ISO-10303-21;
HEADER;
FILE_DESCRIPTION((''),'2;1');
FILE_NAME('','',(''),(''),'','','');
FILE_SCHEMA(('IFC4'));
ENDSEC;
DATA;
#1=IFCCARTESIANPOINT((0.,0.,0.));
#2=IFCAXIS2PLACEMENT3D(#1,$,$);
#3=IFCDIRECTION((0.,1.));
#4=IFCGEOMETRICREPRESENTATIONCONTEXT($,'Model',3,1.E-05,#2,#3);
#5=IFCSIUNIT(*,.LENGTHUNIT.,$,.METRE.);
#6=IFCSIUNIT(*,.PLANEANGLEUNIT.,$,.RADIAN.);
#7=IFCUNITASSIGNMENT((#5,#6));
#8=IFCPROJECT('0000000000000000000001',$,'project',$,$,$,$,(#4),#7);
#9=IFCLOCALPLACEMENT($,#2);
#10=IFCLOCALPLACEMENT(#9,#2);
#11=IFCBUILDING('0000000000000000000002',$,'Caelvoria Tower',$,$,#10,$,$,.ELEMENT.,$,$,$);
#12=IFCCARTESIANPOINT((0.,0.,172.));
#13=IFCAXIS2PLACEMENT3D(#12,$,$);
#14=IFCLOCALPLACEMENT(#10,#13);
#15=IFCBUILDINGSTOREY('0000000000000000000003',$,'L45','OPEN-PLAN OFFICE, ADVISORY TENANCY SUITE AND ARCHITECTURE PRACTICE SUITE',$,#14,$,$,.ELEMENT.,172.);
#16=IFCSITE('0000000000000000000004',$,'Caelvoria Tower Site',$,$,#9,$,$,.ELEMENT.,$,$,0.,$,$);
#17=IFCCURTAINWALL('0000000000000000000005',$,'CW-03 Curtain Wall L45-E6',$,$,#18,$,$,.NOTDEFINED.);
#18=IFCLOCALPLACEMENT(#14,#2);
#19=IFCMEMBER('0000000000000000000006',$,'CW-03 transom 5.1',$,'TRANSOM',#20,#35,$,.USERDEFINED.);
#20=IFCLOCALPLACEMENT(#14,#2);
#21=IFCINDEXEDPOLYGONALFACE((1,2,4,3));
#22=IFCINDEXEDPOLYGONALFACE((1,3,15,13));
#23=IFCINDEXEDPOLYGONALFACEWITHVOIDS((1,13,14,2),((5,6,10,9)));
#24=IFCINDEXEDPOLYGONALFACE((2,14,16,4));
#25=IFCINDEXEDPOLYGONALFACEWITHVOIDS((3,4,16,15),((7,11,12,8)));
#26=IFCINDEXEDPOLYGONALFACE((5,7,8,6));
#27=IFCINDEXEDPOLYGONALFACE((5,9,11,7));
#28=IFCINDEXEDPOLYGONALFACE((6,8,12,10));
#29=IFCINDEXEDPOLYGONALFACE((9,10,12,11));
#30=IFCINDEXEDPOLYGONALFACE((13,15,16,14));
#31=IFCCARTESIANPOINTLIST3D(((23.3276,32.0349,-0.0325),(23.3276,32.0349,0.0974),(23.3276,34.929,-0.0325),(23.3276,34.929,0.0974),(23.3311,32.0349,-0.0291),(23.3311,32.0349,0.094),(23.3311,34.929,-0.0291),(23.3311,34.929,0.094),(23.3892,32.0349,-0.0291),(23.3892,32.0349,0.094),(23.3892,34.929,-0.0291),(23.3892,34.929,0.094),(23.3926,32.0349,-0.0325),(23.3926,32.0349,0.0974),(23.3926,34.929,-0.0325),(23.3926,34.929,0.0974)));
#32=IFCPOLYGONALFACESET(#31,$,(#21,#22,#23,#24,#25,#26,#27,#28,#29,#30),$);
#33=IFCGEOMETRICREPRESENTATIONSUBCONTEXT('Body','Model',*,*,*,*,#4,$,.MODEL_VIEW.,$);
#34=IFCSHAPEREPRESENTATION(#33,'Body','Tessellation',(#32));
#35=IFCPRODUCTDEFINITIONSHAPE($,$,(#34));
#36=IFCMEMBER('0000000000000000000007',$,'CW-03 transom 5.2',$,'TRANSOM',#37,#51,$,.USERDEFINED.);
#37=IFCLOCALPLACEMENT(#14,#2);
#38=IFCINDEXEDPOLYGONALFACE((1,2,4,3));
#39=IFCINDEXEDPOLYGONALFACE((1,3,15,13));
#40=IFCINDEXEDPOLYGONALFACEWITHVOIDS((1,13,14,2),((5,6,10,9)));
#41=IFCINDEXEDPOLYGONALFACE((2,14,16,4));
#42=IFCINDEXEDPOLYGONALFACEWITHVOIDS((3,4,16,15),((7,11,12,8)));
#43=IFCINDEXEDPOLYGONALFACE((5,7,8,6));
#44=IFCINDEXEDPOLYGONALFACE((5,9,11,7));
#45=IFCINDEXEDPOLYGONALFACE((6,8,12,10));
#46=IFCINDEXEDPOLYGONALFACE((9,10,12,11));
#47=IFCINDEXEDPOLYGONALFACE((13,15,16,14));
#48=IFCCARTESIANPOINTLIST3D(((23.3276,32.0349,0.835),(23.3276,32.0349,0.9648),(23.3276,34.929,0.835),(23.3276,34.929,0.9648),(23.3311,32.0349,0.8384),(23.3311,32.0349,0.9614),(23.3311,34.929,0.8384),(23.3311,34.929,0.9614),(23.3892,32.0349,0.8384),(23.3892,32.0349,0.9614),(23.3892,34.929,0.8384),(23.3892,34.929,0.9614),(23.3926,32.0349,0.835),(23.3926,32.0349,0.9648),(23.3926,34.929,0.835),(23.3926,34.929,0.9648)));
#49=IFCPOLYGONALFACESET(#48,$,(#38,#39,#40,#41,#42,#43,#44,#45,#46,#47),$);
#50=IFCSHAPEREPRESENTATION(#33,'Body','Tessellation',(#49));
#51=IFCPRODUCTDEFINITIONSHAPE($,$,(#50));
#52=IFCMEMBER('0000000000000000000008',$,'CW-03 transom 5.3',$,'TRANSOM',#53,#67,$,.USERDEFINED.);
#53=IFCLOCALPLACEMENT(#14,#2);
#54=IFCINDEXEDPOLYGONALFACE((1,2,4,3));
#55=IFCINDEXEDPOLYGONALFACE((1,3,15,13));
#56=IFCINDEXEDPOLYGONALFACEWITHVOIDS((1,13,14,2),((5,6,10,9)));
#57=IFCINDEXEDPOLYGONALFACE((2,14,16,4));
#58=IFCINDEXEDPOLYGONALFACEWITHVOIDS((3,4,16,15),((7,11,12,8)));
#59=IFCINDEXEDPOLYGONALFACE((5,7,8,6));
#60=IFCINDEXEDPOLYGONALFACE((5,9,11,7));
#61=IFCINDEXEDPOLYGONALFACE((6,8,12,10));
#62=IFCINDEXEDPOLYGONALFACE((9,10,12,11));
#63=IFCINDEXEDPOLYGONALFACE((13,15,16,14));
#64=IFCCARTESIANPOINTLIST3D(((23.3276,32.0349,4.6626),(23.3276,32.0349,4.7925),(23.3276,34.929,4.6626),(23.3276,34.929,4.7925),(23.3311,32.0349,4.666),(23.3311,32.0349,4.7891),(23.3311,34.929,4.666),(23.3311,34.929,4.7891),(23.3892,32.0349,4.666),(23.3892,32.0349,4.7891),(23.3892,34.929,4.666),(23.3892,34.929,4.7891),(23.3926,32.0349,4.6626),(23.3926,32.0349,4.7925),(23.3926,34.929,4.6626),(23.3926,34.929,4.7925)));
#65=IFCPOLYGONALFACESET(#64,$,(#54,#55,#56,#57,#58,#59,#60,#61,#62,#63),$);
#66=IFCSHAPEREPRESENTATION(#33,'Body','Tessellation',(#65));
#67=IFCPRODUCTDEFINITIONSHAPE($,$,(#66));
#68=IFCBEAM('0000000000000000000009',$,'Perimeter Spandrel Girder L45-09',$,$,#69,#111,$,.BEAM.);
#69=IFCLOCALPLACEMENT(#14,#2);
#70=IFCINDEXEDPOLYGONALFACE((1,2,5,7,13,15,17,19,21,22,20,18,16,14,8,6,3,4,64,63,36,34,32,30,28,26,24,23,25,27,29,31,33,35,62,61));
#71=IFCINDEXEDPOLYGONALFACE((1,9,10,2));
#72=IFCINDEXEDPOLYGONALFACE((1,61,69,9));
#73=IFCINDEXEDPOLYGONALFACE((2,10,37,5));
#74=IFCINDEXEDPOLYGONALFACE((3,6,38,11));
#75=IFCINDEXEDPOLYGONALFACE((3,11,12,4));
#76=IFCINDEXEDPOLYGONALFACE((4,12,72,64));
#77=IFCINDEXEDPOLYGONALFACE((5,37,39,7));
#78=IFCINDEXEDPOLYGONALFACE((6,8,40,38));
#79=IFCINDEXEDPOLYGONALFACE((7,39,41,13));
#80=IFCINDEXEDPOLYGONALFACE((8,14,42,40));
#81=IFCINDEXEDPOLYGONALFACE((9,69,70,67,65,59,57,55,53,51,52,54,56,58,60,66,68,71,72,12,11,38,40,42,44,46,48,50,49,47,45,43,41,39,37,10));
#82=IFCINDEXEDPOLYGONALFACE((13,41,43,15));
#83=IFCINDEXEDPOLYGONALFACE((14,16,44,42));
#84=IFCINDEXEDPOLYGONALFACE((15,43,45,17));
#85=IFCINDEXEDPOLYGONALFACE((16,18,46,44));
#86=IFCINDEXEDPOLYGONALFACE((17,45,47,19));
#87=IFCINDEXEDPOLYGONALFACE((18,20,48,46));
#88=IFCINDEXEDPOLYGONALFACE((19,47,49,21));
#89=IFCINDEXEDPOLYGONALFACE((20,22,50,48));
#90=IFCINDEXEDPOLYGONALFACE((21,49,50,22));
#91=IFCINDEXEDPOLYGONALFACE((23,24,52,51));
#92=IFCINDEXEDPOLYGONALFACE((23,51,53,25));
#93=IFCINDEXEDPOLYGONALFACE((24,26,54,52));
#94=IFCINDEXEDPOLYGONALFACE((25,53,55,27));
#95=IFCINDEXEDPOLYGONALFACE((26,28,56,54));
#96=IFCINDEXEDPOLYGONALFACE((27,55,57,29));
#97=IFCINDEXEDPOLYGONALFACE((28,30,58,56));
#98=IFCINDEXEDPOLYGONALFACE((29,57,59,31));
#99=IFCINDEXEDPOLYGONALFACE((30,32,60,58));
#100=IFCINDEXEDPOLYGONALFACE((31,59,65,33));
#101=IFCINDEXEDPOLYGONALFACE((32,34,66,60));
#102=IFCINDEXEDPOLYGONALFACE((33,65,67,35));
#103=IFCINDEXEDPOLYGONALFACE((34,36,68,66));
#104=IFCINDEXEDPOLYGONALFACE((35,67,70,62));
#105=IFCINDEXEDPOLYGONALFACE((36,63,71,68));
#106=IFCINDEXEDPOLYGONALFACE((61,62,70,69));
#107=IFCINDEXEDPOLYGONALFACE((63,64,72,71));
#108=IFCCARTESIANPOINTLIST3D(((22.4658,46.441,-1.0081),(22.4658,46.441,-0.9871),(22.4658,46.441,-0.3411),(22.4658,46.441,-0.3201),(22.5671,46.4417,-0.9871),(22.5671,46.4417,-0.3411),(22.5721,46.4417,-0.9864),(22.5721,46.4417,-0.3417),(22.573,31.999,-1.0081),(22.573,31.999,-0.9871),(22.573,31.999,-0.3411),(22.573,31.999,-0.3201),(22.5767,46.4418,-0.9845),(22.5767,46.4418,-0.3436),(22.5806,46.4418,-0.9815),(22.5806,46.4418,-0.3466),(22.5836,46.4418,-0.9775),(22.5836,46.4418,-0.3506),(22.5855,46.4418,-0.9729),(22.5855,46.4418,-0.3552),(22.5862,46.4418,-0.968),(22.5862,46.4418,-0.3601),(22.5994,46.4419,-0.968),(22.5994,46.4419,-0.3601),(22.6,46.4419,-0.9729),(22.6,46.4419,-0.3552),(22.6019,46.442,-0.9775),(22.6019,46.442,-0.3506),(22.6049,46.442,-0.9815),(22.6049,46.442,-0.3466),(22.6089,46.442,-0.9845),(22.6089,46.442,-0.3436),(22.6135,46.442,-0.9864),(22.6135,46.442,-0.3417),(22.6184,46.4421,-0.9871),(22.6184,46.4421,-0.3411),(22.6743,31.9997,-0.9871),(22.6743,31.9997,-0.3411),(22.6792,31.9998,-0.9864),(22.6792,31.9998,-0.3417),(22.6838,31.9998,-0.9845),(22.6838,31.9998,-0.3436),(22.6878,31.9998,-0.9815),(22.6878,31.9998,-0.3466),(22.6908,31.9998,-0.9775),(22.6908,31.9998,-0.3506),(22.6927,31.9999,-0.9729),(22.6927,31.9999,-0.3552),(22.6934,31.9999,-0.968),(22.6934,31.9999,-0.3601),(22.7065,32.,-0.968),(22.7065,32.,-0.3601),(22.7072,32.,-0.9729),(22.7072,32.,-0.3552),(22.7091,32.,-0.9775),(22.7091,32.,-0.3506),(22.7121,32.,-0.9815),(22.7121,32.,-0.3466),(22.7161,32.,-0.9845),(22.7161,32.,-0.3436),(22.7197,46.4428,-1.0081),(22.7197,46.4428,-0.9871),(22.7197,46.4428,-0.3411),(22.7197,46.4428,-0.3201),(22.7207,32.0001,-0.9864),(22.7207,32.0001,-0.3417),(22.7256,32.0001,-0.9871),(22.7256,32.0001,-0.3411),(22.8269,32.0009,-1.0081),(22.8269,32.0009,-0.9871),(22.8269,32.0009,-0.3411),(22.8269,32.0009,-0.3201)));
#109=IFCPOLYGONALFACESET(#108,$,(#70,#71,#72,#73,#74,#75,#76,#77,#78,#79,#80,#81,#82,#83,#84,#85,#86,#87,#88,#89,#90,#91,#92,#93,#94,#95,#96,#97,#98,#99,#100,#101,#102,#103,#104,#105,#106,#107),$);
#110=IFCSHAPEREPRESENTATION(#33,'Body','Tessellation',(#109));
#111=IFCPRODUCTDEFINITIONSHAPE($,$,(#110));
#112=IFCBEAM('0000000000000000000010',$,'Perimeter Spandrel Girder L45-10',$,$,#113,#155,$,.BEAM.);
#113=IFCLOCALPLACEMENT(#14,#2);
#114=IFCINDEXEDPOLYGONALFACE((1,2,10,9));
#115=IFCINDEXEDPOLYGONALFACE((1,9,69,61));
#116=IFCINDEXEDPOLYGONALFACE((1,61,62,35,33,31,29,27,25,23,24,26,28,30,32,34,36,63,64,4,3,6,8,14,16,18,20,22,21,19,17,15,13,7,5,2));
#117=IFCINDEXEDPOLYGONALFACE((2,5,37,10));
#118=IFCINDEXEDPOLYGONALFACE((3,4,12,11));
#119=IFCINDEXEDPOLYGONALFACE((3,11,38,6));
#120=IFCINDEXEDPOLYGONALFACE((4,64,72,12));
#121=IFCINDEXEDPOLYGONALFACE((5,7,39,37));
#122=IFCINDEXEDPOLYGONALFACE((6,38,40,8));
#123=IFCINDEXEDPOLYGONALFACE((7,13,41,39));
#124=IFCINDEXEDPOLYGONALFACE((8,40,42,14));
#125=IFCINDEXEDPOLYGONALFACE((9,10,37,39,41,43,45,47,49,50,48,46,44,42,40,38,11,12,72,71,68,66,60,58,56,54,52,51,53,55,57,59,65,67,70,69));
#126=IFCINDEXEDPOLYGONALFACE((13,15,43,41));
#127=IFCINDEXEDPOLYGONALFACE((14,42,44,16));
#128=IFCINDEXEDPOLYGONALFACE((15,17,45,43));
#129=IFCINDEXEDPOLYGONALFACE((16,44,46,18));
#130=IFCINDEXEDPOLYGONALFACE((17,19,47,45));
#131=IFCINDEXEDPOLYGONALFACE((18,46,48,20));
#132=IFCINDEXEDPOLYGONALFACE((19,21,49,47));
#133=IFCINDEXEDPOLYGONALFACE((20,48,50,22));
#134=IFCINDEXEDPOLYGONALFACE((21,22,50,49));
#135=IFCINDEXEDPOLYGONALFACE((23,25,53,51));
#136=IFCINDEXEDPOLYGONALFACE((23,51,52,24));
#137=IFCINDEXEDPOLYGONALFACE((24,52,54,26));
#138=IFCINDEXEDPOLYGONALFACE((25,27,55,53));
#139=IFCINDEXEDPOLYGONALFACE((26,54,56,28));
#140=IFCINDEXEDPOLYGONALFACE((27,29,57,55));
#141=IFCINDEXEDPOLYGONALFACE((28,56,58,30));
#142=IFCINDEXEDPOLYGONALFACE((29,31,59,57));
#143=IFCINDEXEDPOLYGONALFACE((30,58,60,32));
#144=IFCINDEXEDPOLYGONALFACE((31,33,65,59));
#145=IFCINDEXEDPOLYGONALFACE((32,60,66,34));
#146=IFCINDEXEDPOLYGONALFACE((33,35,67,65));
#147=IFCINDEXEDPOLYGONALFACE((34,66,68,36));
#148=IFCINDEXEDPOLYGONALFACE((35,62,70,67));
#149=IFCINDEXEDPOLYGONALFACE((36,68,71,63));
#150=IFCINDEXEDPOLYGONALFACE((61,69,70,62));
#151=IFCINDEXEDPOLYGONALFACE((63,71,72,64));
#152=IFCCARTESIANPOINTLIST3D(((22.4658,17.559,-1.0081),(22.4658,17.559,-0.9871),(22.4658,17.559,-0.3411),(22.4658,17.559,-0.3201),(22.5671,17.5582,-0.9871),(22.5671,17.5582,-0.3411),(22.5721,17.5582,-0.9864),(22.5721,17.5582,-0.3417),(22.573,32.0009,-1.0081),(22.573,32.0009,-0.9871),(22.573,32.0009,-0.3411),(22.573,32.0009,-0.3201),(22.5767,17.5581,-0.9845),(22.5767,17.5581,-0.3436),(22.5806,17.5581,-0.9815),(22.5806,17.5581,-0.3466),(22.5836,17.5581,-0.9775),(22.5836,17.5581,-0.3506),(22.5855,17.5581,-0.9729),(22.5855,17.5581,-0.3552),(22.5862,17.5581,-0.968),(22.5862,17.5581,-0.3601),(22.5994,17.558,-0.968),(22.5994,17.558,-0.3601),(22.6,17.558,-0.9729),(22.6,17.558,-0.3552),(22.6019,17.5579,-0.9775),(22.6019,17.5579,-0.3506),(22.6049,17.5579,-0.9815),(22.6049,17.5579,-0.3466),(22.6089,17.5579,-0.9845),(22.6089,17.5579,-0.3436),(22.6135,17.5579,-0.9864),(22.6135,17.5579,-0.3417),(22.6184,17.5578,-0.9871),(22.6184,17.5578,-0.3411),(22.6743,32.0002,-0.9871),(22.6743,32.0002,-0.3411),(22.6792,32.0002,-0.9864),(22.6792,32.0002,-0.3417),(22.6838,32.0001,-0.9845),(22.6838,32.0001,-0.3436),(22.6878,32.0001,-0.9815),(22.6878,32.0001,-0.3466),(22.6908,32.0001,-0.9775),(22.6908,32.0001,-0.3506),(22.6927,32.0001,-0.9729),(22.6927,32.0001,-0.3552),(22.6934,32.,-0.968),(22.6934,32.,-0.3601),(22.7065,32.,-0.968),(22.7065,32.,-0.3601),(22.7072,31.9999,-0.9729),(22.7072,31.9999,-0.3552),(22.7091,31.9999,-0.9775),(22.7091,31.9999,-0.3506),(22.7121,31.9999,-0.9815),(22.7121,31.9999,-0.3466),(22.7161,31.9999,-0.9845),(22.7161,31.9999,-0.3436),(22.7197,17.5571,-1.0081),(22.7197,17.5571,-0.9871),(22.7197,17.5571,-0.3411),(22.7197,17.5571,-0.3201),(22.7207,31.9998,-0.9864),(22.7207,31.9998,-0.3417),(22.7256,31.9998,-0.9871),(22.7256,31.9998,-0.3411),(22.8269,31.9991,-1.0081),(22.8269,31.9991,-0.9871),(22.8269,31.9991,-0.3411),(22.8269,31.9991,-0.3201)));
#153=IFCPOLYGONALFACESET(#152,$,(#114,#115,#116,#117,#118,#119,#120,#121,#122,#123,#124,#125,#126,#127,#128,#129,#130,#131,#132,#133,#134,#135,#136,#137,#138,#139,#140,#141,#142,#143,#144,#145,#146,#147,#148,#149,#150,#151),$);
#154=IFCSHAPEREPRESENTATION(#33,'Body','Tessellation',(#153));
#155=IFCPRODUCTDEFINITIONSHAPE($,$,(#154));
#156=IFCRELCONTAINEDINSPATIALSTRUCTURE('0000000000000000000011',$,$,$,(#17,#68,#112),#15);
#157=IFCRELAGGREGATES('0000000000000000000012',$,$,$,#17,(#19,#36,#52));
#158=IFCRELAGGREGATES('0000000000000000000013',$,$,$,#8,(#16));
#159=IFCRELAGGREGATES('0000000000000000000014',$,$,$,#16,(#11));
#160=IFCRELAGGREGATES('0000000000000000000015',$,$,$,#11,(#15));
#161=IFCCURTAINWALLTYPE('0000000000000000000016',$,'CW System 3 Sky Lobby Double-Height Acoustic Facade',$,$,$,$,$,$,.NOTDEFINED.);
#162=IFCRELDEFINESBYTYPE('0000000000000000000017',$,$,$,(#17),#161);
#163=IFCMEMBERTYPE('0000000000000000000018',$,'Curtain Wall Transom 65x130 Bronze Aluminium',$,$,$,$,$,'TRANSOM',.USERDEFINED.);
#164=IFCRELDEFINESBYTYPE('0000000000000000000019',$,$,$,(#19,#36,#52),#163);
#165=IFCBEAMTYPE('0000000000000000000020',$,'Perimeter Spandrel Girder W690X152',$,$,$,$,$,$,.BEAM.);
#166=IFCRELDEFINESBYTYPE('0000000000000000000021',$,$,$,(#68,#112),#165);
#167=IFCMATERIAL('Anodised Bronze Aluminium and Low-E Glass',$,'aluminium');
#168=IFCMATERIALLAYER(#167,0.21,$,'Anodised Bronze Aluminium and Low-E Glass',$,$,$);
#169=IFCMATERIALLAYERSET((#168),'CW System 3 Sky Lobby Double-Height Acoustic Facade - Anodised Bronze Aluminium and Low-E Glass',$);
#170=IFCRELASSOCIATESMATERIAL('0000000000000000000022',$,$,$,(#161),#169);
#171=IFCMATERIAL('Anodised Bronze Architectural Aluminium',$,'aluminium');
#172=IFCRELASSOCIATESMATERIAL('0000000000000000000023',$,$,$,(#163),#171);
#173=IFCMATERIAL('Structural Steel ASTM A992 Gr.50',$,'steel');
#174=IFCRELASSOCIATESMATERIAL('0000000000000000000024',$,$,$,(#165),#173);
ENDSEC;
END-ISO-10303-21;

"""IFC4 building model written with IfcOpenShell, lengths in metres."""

from ifc_helpers import new_model, si_unit, direction, frame, origin, origin_2d, place, context, subcontext, project, spatial, hollow_rectangle, i_section, extrude, material, layer, layer_set, material_profile, profile_set, type_object, element, aggregate, save


model = new_model("IFC4")

# Units and contexts
model_context = context("Model", 3, precision=1e-05, world=origin(), true_north=direction((0.0, 1.0)))
body_context = subcontext(model_context, "Body", "Model", "MODEL_VIEW")
ifc_project = project(units=[si_unit("LENGTHUNIT", "METRE"), si_unit("PLANEANGLEUNIT", "RADIAN")], contexts=[model_context])

# Site, building, storey
site_placement = place(None, origin())
site = spatial("IfcSite", under=ifc_project, at=site_placement, Name="Caelvoria Tower Site", CompositionType="ELEMENT", RefElevation=0.0)
building_placement = place(site_placement, origin())
building = spatial("IfcBuilding", under=site, at=building_placement, Name="Caelvoria Tower", CompositionType="ELEMENT")
storey_placement = place(building_placement, frame((0.0, 0.0, 172.0)))
storey = spatial("IfcBuildingStorey", under=building, at=storey_placement, Name="L45", Description="OPEN-PLAN OFFICE, ADVISORY TENANCY SUITE AND ARCHITECTURE PRACTICE SUITE", CompositionType="ELEMENT", Elevation=172.0)

# Shared definitions
ifc_material_1 = material(Name="Structural Steel ASTM A992 Gr.50", Category="steel")

# Shared definitions
ifc_material_2 = material(Name="Anodised Bronze Aluminium and Low-E Glass", Category="aluminium")
ifc_layer_1 = layer(ifc_material_2, 0.21, Name="Anodised Bronze Aluminium and Low-E Glass")
ifc_layer_set_1 = layer_set([ifc_layer_1], Name="CW System 3 Sky Lobby Double-Height Acoustic Facade - Anodised Bronze Aluminium and Low-E Glass")
curtain_wall_type = type_object("IfcCurtainWallType", Name="CW System 3 Sky Lobby Double-Height Acoustic Facade", PredefinedType="NOTDEFINED", material=ifc_layer_set_1)
ifc_material_3 = material(Name="Anodised Bronze Architectural Aluminium", Category="aluminium")

# Curtain wall, members
curtain_wall_1_placement = place(storey_placement, origin())
curtain_wall_1 = element("IfcCurtainWall", 1, at=curtain_wall_1_placement, inside=storey, type_object=curtain_wall_type, Name="CW-03 Curtain Wall L45-E6", PredefinedType="NOTDEFINED")
ifc_material_profile_1 = material_profile(ifc_material_3, hollow_rectangle(XDim=0.0649, YDim=0.1299, WallThickness=0.0034, at=origin_2d()), Name="Anodised Bronze Architectural Aluminium")
ifc_profile_set_1 = profile_set([ifc_material_profile_1], Name="CW_TRAN_65X130 - Anodised Bronze Architectural Aluminium")
member_type_1 = type_object("IfcMemberType", Name="Curtain Wall Transom 65x130 Bronze Aluminium", ElementType="TRANSOM", PredefinedType="USERDEFINED", material=ifc_profile_set_1)
member_1_placement = place(storey_placement, frame((23.3601, 34.929, 0.0325), z_axis=(0.0, -1.0, 0.0), x_axis=(1.0, 0.0, 0.0)))
member_1 = element("IfcMember", 2, at=member_1_placement, type_object=member_type_1, Name="CW-03 transom 5.1", ObjectType="TRANSOM", PredefinedType="USERDEFINED", context=body_context, shape_type="SweptSolid", body=[
    extrude(hollow_rectangle(XDim=0.0649, YDim=0.1299, WallThickness=0.0034, at=origin_2d()), origin(), (0.0, 0.0, 1.0), 2.894),
])
member_2_placement = place(storey_placement, frame((23.3601, 34.929, 0.8999), z_axis=(0.0, -1.0, 0.0), x_axis=(1.0, 0.0, 0.0)))
member_2 = element("IfcMember", 3, at=member_2_placement, type_object=member_type_1, Name="CW-03 transom 5.2", ObjectType="TRANSOM", PredefinedType="USERDEFINED", context=body_context, shape_type="SweptSolid", body=[
    extrude(hollow_rectangle(XDim=0.0649, YDim=0.1299, WallThickness=0.0034, at=origin_2d()), origin(), (0.0, 0.0, 1.0), 2.894),
])
member_3_placement = place(storey_placement, frame((23.3601, 34.929, 4.7275), z_axis=(0.0, -1.0, 0.0), x_axis=(1.0, 0.0, 0.0)))
member_3 = element("IfcMember", 4, at=member_3_placement, type_object=member_type_1, Name="CW-03 transom 5.3", ObjectType="TRANSOM", PredefinedType="USERDEFINED", context=body_context, shape_type="SweptSolid", body=[
    extrude(hollow_rectangle(XDim=0.0649, YDim=0.1299, WallThickness=0.0034, at=origin_2d()), origin(), (0.0, 0.0, 1.0), 2.894),
])

# Beams
ifc_material_profile_2 = material_profile(ifc_material_1, i_section(OverallWidth=0.2539, OverallDepth=0.688, WebThickness=0.0132, FlangeThickness=0.021, FilletRadius=0.019, at=origin_2d()), Name="Structural Steel ASTM A992 Gr.50")
ifc_profile_set_2 = profile_set([ifc_material_profile_2], Name="W690X152 - Structural Steel ASTM A992 Gr.50")
beam_type = type_object("IfcBeamType", Name="Perimeter Spandrel Girder W690X152", PredefinedType="BEAM", material=ifc_profile_set_2)
for number, where, z_axis, x_axis, name in (
    (5, (22.5928, 46.4419, -0.6641), (0.007421, -0.999972, 0.0), (0.999972, 0.007421, 0.0), "Perimeter Spandrel Girder L45-09"),
    (6, (22.7, 32.0, -0.6641), (-0.007421, -0.999972, 0.0), (0.999972, -0.007421, 0.0), "Perimeter Spandrel Girder L45-10"),
):
    element("IfcBeam", number, at=place(storey_placement, frame(where, z_axis=z_axis, x_axis=x_axis)), inside=storey, type_object=beam_type, Name=name, PredefinedType="BEAM", context=body_context, shape_type="SweptSolid", body=[
        extrude(i_section(OverallWidth=0.2539, OverallDepth=0.688, WebThickness=0.0132, FlangeThickness=0.021, FilletRadius=0.019, at=origin_2d()), origin(), (0.0, 0.0, 1.0), 14.4424),
    ])

aggregate(curtain_wall_1, [member_1, member_2, member_3])

save(model, "model.ifc")
